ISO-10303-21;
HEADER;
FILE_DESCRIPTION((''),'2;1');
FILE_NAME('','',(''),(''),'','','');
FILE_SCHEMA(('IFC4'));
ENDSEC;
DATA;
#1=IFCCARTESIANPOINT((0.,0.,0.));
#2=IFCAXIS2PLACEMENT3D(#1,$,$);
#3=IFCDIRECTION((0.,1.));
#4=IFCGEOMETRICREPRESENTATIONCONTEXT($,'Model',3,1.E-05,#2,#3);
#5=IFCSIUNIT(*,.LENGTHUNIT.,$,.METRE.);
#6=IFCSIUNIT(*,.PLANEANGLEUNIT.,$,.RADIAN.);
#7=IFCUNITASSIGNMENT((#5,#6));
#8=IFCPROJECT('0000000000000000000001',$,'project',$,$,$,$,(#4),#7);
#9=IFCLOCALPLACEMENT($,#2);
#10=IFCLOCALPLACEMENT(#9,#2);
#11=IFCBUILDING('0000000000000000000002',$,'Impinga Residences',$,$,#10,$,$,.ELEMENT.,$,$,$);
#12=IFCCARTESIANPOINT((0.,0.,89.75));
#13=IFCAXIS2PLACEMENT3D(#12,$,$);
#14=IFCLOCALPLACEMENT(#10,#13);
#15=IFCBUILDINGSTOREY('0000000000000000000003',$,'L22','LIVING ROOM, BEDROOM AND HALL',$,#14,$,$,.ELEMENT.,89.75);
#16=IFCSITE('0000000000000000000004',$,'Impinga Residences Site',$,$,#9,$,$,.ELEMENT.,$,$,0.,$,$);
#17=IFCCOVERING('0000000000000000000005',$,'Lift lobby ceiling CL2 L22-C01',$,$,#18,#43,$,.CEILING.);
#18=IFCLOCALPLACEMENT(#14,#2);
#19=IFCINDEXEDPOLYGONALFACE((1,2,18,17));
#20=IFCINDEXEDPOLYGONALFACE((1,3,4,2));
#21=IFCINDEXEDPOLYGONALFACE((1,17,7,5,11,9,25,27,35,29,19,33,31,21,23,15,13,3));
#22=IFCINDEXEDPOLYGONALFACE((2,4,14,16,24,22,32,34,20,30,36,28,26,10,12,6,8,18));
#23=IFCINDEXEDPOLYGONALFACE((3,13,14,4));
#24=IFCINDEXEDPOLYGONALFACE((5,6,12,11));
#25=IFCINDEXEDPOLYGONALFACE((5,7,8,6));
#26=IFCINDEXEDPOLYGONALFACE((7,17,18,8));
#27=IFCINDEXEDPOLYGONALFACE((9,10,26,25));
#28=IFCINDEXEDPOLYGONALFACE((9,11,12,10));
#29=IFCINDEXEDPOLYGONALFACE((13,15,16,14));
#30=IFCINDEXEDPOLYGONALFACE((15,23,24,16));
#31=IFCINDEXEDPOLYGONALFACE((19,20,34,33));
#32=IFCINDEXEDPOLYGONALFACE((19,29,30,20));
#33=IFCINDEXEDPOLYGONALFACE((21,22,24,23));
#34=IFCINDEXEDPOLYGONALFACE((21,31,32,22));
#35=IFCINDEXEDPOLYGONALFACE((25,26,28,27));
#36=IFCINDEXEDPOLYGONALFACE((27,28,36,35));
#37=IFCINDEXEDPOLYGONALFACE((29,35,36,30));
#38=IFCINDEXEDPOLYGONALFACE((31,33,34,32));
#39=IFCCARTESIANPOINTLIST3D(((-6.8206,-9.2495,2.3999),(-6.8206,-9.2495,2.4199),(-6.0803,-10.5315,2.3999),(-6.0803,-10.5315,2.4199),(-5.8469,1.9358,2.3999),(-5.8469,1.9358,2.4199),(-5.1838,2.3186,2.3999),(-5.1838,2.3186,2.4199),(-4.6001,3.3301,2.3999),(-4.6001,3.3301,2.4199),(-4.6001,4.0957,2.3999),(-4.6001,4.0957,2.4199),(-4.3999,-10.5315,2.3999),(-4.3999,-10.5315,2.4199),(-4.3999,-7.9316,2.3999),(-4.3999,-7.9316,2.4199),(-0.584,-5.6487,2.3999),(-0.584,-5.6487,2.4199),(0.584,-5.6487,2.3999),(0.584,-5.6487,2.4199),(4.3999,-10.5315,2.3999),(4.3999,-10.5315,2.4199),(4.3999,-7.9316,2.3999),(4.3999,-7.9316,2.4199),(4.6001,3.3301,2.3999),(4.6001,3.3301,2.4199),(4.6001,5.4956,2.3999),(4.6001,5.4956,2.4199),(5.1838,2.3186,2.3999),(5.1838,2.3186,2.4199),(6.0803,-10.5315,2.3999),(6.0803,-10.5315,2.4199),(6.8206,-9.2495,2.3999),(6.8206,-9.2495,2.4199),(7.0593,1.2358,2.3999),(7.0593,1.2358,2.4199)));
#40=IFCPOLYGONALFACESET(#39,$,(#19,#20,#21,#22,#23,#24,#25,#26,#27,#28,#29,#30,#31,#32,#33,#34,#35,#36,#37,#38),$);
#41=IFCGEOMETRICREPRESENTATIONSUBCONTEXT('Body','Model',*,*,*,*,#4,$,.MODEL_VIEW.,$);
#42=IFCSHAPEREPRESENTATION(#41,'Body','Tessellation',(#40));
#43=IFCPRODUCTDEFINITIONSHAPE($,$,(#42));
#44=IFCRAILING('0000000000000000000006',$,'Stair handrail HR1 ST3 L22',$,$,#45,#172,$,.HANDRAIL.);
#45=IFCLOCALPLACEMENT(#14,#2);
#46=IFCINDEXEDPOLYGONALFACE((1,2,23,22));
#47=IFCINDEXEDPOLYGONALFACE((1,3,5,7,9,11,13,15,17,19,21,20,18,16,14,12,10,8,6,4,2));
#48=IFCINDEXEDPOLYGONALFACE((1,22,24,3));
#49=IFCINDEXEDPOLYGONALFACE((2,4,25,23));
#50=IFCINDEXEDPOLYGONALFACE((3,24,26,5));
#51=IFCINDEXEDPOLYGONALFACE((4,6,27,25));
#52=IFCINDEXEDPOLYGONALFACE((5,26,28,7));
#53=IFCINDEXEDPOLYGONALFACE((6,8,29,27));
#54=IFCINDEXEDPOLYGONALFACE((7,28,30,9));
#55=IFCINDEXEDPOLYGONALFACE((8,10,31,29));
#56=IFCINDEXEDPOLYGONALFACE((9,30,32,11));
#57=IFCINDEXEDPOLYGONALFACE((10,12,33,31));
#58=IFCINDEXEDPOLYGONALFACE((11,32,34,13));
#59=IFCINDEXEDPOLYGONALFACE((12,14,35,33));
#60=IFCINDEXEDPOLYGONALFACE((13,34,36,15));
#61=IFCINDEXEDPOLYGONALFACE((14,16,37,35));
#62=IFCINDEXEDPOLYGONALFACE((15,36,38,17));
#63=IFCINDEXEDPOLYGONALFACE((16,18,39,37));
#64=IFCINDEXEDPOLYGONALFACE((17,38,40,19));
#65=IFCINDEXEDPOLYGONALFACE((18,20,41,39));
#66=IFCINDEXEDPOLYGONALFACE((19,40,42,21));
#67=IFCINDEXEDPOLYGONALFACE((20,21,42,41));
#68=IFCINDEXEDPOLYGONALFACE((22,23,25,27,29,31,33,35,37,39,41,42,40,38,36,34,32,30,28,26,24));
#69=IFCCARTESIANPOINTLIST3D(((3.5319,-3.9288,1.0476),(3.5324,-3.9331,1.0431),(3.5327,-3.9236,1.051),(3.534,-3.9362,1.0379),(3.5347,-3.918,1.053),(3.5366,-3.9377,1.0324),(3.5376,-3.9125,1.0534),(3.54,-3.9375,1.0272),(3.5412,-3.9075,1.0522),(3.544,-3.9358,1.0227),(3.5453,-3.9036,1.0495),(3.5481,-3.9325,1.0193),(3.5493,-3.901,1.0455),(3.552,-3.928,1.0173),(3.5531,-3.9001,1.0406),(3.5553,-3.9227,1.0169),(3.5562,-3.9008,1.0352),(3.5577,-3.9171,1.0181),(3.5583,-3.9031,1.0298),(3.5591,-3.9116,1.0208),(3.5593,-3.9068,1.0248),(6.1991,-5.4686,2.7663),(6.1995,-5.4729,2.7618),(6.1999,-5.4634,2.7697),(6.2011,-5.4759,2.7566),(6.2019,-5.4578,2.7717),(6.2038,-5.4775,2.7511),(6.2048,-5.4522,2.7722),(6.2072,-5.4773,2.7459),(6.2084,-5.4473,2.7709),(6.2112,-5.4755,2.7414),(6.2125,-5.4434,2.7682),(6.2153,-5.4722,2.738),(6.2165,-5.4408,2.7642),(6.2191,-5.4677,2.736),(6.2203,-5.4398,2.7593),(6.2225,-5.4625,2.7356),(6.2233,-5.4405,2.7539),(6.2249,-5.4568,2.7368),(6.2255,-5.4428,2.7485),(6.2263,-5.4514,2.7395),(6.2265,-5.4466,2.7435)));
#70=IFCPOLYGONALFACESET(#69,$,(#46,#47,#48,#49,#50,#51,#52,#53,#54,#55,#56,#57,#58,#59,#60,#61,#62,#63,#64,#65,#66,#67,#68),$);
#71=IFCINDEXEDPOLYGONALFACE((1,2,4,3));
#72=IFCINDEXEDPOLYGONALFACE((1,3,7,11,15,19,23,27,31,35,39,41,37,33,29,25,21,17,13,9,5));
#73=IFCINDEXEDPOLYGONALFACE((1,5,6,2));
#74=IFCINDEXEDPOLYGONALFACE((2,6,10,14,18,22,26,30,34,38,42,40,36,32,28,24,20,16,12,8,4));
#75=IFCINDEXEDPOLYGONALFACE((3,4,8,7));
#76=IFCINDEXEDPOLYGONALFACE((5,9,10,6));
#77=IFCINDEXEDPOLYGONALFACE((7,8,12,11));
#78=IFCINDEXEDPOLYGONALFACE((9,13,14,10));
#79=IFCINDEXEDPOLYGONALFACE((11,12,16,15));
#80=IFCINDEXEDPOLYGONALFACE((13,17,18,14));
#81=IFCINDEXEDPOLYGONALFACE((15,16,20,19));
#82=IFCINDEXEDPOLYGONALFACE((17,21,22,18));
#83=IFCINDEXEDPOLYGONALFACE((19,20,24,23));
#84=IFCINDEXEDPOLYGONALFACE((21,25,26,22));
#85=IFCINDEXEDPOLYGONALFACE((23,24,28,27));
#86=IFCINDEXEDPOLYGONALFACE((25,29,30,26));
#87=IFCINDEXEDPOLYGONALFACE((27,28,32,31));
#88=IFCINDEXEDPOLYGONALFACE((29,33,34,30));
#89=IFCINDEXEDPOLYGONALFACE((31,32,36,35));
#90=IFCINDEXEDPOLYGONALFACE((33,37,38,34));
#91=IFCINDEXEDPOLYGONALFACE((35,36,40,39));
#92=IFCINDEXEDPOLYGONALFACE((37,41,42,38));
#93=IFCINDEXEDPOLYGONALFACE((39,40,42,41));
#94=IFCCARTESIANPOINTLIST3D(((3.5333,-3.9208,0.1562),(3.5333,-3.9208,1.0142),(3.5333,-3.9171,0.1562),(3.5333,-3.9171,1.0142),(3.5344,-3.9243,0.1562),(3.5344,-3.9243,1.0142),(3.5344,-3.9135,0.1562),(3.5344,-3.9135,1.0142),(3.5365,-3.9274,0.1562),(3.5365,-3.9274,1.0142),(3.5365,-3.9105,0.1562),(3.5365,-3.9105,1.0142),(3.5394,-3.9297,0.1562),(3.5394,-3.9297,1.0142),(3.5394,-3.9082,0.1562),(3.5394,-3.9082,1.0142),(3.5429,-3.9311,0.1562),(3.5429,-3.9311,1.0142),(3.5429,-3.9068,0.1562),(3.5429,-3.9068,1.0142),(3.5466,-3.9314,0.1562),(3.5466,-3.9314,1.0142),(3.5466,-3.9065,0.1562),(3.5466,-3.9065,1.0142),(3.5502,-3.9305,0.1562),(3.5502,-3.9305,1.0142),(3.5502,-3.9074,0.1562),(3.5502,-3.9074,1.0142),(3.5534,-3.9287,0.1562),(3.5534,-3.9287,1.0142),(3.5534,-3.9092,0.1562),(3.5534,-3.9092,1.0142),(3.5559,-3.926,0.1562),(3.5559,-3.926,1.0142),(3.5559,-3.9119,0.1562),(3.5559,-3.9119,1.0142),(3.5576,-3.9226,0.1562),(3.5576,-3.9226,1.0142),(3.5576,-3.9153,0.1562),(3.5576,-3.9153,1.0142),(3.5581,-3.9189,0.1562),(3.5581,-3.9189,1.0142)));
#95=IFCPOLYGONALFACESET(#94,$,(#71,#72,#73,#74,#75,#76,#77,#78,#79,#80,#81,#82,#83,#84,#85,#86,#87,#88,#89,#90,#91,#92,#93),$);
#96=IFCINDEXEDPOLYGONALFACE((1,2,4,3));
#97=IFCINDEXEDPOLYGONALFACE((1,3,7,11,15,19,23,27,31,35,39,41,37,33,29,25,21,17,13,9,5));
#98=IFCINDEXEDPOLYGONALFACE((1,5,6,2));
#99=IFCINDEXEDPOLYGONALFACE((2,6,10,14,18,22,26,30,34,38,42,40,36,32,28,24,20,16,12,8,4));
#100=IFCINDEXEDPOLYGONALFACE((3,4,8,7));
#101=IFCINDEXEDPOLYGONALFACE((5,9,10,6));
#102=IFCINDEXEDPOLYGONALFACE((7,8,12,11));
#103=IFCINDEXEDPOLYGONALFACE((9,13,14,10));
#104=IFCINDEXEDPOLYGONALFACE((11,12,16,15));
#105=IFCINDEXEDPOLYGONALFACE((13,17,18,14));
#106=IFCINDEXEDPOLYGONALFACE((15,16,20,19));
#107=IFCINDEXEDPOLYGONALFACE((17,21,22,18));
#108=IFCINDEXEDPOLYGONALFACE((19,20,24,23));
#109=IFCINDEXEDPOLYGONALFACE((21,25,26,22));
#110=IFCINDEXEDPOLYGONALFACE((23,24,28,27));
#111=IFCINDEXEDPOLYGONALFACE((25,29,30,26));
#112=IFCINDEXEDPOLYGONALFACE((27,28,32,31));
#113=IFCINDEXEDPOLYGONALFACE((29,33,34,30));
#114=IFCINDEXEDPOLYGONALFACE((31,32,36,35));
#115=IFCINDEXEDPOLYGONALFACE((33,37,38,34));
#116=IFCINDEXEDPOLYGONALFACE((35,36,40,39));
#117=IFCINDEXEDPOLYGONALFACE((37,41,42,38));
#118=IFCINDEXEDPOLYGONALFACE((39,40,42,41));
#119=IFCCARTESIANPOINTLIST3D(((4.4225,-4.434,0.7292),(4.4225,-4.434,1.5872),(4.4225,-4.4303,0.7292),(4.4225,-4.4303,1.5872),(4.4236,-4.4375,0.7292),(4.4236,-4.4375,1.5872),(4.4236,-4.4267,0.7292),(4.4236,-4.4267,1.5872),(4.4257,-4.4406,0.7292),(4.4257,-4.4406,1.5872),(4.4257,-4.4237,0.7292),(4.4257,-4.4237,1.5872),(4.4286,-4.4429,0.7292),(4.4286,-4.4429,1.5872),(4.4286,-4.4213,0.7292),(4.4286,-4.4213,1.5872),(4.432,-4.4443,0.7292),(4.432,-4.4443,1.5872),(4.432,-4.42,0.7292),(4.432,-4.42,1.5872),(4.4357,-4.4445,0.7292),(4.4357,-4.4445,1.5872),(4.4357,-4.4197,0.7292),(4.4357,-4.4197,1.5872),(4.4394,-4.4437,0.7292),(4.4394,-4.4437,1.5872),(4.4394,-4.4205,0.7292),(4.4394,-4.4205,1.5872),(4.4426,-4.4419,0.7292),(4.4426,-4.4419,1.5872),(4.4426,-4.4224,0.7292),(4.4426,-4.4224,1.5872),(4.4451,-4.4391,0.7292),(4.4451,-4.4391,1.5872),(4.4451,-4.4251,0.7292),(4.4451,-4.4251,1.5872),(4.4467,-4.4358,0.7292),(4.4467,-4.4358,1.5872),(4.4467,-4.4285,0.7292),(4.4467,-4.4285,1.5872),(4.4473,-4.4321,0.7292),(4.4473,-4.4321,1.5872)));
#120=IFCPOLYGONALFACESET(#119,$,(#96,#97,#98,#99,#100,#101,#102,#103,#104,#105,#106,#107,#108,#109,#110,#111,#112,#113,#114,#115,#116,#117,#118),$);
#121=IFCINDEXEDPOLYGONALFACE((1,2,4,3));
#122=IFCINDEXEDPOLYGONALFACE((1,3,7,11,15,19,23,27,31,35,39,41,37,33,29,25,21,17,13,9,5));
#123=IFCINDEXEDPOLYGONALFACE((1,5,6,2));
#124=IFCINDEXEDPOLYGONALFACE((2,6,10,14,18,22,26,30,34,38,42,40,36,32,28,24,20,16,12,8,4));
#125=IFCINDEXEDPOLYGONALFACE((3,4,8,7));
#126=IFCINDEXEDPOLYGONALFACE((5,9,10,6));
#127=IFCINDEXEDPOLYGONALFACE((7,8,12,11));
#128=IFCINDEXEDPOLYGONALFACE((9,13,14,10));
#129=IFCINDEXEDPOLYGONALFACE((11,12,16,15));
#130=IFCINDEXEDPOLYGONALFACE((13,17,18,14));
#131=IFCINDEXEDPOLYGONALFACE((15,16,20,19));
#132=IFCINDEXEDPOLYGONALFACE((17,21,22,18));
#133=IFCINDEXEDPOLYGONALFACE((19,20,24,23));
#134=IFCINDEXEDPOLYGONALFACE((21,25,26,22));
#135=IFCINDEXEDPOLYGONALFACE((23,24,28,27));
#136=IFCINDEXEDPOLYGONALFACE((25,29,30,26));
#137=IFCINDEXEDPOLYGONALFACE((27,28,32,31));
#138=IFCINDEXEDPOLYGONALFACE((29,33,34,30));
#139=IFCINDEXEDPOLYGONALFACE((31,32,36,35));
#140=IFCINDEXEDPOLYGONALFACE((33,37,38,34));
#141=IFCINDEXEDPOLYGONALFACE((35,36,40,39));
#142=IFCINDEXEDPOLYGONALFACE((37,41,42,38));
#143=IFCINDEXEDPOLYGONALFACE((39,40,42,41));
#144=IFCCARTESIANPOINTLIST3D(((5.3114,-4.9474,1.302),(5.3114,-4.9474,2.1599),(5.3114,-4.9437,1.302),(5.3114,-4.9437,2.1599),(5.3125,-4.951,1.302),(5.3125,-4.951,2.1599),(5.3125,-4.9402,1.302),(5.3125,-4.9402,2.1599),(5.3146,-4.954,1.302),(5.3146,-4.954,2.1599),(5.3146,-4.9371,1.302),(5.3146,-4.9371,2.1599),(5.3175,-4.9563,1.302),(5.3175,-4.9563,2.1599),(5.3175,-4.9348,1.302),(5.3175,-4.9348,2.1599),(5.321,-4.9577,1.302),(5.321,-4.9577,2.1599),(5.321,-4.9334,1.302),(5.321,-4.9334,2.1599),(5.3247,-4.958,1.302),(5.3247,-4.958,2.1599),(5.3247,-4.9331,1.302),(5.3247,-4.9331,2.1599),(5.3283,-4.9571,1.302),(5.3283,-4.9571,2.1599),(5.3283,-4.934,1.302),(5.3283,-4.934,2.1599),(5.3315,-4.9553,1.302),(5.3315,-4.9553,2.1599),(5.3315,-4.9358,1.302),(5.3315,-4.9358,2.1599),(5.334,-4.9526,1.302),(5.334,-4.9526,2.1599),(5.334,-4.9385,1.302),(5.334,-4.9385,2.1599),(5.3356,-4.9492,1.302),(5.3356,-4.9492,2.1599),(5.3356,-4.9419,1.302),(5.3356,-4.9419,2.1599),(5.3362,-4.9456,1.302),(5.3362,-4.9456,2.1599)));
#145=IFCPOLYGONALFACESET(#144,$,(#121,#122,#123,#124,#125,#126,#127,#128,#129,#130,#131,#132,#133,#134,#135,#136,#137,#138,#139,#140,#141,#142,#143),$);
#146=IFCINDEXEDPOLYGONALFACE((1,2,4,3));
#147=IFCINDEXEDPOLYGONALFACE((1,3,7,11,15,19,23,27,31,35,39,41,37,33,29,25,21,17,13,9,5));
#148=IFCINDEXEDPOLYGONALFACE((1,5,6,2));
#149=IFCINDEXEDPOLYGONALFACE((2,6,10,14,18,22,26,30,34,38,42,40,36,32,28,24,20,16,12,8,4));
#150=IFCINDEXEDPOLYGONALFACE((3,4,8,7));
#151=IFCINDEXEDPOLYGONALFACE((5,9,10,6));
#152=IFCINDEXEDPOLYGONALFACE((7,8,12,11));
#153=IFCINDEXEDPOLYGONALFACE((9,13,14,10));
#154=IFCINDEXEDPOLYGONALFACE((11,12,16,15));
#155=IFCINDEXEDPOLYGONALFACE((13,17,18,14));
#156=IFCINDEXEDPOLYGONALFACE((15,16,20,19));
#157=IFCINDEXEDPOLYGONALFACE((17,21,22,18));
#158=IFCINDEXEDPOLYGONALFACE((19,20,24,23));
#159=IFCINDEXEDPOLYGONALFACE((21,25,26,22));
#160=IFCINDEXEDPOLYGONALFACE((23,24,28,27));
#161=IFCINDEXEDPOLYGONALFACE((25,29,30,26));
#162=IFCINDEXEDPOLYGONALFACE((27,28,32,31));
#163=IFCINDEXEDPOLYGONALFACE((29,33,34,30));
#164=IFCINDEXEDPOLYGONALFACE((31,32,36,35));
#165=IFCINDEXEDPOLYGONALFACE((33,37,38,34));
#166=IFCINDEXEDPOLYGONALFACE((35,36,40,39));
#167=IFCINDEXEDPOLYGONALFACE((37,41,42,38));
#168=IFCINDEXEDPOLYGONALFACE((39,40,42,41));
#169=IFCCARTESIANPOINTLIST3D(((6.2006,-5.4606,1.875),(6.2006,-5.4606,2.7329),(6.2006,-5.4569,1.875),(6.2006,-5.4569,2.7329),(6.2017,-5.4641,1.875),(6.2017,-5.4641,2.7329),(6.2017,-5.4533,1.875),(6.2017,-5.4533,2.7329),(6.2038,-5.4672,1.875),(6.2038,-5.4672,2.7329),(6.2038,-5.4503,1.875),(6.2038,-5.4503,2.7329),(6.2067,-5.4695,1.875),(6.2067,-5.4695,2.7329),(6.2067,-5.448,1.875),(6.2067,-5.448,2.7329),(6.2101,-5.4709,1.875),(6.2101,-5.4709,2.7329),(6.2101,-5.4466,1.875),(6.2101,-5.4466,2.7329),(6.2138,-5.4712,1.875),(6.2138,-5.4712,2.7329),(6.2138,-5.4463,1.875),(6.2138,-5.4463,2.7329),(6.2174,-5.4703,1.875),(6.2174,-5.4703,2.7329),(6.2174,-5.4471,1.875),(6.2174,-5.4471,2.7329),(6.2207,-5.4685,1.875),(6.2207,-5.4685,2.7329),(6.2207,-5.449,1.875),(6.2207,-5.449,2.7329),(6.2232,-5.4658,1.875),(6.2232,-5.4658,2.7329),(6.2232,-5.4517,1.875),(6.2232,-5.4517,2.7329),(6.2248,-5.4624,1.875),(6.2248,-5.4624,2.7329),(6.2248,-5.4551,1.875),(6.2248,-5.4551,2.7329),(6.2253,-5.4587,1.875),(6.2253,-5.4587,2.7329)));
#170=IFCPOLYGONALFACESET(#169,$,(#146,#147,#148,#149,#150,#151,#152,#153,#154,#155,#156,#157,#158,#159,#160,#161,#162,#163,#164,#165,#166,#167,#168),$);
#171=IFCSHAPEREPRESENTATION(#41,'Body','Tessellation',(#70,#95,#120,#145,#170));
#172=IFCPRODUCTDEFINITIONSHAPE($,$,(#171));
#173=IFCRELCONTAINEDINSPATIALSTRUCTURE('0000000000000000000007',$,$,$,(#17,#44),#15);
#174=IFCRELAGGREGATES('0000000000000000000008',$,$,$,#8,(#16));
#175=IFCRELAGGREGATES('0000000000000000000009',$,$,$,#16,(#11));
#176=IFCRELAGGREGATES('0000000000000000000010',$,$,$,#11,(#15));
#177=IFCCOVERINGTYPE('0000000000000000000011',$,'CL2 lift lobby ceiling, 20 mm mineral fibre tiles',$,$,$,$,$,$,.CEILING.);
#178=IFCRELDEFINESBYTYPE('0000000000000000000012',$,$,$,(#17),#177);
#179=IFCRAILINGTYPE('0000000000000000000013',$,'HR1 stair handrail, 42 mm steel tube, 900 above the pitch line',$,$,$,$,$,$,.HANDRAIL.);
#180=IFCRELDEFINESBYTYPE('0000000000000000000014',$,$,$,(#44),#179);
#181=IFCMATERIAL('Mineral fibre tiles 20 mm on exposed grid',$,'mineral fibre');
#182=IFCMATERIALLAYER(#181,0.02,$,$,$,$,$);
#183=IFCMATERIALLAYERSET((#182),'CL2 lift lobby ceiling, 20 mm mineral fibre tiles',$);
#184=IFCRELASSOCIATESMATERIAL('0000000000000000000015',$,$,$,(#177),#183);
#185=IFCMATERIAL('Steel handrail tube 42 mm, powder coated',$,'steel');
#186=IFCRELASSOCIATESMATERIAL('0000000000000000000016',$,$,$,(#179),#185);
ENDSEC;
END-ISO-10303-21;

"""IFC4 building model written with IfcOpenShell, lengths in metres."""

from ifc_helpers import new_model, si_unit, direction, frame, origin, origin_2d, place, context, subcontext, project, spatial, polyline, circle, outline, extrude, material, layer, layer_set, type_object, element, save


model = new_model("IFC4")

# Units and contexts
model_context = context("Model", 3, precision=1e-05, world=origin(), true_north=direction((0.0, 1.0)))
body_context = subcontext(model_context, "Body", "Model", "MODEL_VIEW")
ifc_project = project(units=[si_unit("LENGTHUNIT", "METRE"), si_unit("PLANEANGLEUNIT", "RADIAN")], contexts=[model_context])

# Site, building, storey
site_placement = place(None, origin())
site = spatial("IfcSite", under=ifc_project, at=site_placement, Name="Impinga Residences Site", CompositionType="ELEMENT", RefElevation=0.0)
building_placement = place(site_placement, origin())
building = spatial("IfcBuilding", under=site, at=building_placement, Name="Impinga Residences", CompositionType="ELEMENT")
storey_placement = place(building_placement, frame((0.0, 0.0, 89.75)))
storey = spatial("IfcBuildingStorey", under=building, at=storey_placement, Name="L22", Description="LIVING ROOM, BEDROOM AND HALL", CompositionType="ELEMENT", Elevation=89.75)

# Covering
ifc_material_1 = material(Name="Mineral fibre tiles 20 mm on exposed grid", Category="mineral fibre")
ifc_layer_1 = layer(ifc_material_1, 0.02)
ifc_layer_set_1 = layer_set([ifc_layer_1], Name="CL2 lift lobby ceiling, 20 mm mineral fibre tiles")
covering_type_1 = type_object("IfcCoveringType", Name="CL2 lift lobby ceiling, 20 mm mineral fibre tiles", PredefinedType="CEILING", material=ifc_layer_set_1)
covering_1_placement = place(storey_placement, frame((0.0, 0.0, 2.3999)))
element("IfcCovering", 1, at=covering_1_placement, inside=storey, type_object=covering_type_1, Name="Lift lobby ceiling CL2 L22-C01", PredefinedType="CEILING", context=body_context, shape_type="SweptSolid", body=[
    extrude(outline(polyline([(6.0803, -10.5315), (4.3999, -10.5315), (4.3999, -7.9316), (-4.3999, -7.9316), (-4.3999, -10.5315), (-6.0803, -10.5315), (-6.8206, -9.2495), (-0.584, -5.6487), (-5.1838, 2.3186), (-5.8469, 1.9358), (-4.6001, 4.0957), (-4.6001, 3.3301), (4.6001, 3.3301), (4.6001, 5.4956), (7.0593, 1.2358), (5.1838, 2.3186), (0.584, -5.6487), (6.8206, -9.2495), (6.0803, -10.5315)])), origin(), (0.0, 0.0, 1.0), 0.02),
])

# Railing
ifc_material_2 = material(Name="Steel handrail tube 42 mm, powder coated", Category="steel")
railing_type = type_object("IfcRailingType", Name="HR1 stair handrail, 42 mm steel tube, 900 above the pitch line", PredefinedType="HANDRAIL", material=ifc_material_2)
railing_placement = place(storey_placement, frame((3.5457, -3.9189, 0.1562)))
element("IfcRailing", 2, at=railing_placement, inside=storey, type_object=railing_type, Name="Stair handrail HR1 ST3 L22", PredefinedType="HANDRAIL", context=body_context, shape_type="SweptSolid", body=[
    extrude(circle(Radius=0.021, at=origin_2d()), frame((0.0, 0.0, 0.8789), z_axis=(0.756249, -0.436582, 0.487322), x_axis=(0.499967, 0.866044, 0.0)), (0.0, 0.0, 1.0), 3.5269),
    extrude(circle(Radius=0.0125, at=origin_2d()), origin(), (0.0, 0.0, 1.0), 0.8579),
    extrude(circle(Radius=0.0125, at=origin_2d()), frame((0.8892, -0.5132, 0.573)), (0.0, 0.0, 1.0), 0.8579),
    extrude(circle(Radius=0.0125, at=origin_2d()), frame((1.7781, -1.0266, 1.1458)), (0.0, 0.0, 1.0), 0.8579),
    extrude(circle(Radius=0.0125, at=origin_2d()), frame((2.6672, -1.5398, 1.7188)), (0.0, 0.0, 1.0), 0.8579),
])

save(model, "model.ifc")
